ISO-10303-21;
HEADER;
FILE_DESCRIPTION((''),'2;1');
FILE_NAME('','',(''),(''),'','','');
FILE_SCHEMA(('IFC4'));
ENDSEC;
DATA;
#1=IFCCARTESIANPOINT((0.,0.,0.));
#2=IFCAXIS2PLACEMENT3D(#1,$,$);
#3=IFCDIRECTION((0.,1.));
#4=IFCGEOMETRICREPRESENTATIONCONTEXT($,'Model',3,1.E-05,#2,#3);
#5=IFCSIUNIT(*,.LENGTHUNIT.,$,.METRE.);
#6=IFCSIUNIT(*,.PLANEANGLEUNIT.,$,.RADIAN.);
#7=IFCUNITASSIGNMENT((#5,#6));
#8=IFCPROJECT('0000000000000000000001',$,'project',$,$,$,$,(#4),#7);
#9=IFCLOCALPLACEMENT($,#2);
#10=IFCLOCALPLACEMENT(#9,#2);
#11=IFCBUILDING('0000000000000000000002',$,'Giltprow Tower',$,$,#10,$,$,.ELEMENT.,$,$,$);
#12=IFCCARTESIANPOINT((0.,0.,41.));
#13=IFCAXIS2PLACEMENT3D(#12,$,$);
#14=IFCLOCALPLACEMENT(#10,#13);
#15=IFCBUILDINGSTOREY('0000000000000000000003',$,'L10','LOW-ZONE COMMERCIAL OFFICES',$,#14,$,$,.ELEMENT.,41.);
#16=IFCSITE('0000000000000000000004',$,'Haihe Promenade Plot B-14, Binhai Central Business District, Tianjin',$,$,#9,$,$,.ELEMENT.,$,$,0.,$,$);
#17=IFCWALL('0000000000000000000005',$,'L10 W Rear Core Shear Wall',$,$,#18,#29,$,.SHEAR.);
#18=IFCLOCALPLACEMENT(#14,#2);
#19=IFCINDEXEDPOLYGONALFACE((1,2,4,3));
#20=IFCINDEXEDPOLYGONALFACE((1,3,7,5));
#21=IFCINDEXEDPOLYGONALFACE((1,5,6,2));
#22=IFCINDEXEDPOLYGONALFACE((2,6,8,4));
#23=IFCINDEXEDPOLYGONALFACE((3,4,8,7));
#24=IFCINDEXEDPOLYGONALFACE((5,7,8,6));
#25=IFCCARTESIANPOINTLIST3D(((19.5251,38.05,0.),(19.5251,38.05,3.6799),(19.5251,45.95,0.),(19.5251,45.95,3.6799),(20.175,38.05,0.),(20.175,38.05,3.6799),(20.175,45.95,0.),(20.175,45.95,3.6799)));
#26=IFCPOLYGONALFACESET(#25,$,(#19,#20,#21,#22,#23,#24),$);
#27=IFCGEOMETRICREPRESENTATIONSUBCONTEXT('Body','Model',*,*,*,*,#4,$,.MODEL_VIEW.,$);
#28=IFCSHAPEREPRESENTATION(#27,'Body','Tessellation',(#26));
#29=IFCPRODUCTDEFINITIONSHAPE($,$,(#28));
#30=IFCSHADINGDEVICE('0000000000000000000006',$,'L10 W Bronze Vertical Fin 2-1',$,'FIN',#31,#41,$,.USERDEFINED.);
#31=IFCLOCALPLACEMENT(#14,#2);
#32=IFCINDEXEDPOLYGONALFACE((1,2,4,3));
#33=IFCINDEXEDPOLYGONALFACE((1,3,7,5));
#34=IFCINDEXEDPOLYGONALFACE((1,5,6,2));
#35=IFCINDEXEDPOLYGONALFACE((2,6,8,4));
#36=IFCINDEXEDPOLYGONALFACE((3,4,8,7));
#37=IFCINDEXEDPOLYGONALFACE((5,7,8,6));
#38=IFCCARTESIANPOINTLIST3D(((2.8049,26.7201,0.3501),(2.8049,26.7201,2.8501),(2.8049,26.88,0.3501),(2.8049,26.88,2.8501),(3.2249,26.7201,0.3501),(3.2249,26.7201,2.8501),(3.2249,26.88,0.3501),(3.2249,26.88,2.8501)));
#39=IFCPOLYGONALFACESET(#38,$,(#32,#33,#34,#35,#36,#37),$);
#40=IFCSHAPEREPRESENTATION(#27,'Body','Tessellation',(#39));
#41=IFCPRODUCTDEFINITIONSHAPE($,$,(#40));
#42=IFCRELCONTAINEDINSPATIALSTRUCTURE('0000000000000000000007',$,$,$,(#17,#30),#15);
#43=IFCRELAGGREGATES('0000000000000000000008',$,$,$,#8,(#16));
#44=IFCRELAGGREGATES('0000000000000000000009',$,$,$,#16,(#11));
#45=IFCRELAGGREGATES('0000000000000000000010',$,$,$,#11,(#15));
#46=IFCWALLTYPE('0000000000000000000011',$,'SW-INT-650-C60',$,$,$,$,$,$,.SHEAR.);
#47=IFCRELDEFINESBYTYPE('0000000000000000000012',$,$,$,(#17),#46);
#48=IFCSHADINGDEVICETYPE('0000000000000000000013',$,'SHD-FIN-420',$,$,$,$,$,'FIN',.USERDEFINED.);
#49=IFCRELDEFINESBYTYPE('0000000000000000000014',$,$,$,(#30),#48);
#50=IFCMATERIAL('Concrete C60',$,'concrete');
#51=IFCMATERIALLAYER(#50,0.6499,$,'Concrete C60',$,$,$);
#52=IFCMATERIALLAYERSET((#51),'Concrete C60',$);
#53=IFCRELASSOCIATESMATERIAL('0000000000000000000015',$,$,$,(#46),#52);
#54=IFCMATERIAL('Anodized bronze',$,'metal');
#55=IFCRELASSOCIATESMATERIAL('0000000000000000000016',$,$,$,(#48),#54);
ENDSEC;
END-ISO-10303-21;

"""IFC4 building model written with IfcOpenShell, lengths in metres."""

from ifc_helpers import new_model, si_unit, direction, frame, frame_2d, origin, origin_2d, place, context, subcontext, project, spatial, rectangle, extrude, source, transform, mapped, material, layer, layer_set, type_object, element, save


model = new_model("IFC4")

# Units and contexts
model_context = context("Model", 3, precision=1e-05, world=origin(), true_north=direction((0.0, 1.0)))
body_context = subcontext(model_context, "Body", "Model", "MODEL_VIEW")
ifc_project = project(units=[si_unit("LENGTHUNIT", "METRE"), si_unit("PLANEANGLEUNIT", "RADIAN")], contexts=[model_context])

# Site, building, storey
site_placement = place(None, origin())
site = spatial("IfcSite", under=ifc_project, at=site_placement, Name="Haihe Promenade Plot B-14, Binhai Central Business District, Tianjin", CompositionType="ELEMENT", RefElevation=0.0)
building_placement = place(site_placement, origin())
building = spatial("IfcBuilding", under=site, at=building_placement, Name="Giltprow Tower", CompositionType="ELEMENT")
storey_placement = place(building_placement, frame((0.0, 0.0, 41.0)))
storey = spatial("IfcBuildingStorey", under=building, at=storey_placement, Name="L10", Description="LOW-ZONE COMMERCIAL OFFICES", CompositionType="ELEMENT", Elevation=41.0)

# Shared definitions
ifc_material_1 = material(Name="Concrete C60", Category="concrete")

# Shared definitions
ifc_layer_1 = layer(ifc_material_1, 0.6499, Name="Concrete C60")
ifc_layer_set_1 = layer_set([ifc_layer_1], Name="Concrete C60")
wall_type_1 = type_object("IfcWallType", Name="SW-INT-650-C60", PredefinedType="SHEAR", material=ifc_layer_set_1)

# Wall
wall_1_placement = place(storey_placement, frame((19.8501, 38.05, 0.0), z_axis=(0.0, 0.0, 1.0), x_axis=(0.0, 1.0, 0.0)))
element("IfcWall", 1, at=wall_1_placement, inside=storey, type_object=wall_type_1, Name="L10 W Rear Core Shear Wall", PredefinedType="SHEAR", context=body_context, shape_type="SweptSolid", body=[
    extrude(rectangle(XDim=7.8999, YDim=0.6499, at=frame_2d((3.95, 0.0))), origin(), (0.0, 0.0, 1.0), 3.6799),
])

# Shading device
ifc_material_2 = material(Name="Anodized bronze", Category="metal")
shading_device_type = type_object("IfcShadingDeviceType", Name="SHD-FIN-420", ElementType="FIN", PredefinedType="USERDEFINED", material=ifc_material_2)
shared_shape_1 = source(origin(), body_context, "Body", "SweptSolid", [
    extrude(rectangle(XDim=0.4199, YDim=0.1599, at=origin_2d()), origin(), (0.0, 0.0, 1.0), 2.5),
])
shading_device_placement = place(storey_placement, frame((3.0149, 26.8, 0.3501), z_axis=(0.0, 0.0, 1.0), x_axis=(1.0, 0.0, 0.0)))
element("IfcShadingDevice", 2, at=shading_device_placement, inside=storey, type_object=shading_device_type, Name="L10 W Bronze Vertical Fin 2-1", ObjectType="FIN", PredefinedType="USERDEFINED", context=body_context, shape_type="MappedRepresentation", body=[
    mapped(shared_shape_1, transform((0.0, 0.0, 0.0), x_axis=(1.0, 0.0, 0.0), y_axis=(0.0, 1.0, 0.0), z_axis=(0.0, 0.0, 1.0), scale=1.0)),
])

save(model, "model.ifc")
